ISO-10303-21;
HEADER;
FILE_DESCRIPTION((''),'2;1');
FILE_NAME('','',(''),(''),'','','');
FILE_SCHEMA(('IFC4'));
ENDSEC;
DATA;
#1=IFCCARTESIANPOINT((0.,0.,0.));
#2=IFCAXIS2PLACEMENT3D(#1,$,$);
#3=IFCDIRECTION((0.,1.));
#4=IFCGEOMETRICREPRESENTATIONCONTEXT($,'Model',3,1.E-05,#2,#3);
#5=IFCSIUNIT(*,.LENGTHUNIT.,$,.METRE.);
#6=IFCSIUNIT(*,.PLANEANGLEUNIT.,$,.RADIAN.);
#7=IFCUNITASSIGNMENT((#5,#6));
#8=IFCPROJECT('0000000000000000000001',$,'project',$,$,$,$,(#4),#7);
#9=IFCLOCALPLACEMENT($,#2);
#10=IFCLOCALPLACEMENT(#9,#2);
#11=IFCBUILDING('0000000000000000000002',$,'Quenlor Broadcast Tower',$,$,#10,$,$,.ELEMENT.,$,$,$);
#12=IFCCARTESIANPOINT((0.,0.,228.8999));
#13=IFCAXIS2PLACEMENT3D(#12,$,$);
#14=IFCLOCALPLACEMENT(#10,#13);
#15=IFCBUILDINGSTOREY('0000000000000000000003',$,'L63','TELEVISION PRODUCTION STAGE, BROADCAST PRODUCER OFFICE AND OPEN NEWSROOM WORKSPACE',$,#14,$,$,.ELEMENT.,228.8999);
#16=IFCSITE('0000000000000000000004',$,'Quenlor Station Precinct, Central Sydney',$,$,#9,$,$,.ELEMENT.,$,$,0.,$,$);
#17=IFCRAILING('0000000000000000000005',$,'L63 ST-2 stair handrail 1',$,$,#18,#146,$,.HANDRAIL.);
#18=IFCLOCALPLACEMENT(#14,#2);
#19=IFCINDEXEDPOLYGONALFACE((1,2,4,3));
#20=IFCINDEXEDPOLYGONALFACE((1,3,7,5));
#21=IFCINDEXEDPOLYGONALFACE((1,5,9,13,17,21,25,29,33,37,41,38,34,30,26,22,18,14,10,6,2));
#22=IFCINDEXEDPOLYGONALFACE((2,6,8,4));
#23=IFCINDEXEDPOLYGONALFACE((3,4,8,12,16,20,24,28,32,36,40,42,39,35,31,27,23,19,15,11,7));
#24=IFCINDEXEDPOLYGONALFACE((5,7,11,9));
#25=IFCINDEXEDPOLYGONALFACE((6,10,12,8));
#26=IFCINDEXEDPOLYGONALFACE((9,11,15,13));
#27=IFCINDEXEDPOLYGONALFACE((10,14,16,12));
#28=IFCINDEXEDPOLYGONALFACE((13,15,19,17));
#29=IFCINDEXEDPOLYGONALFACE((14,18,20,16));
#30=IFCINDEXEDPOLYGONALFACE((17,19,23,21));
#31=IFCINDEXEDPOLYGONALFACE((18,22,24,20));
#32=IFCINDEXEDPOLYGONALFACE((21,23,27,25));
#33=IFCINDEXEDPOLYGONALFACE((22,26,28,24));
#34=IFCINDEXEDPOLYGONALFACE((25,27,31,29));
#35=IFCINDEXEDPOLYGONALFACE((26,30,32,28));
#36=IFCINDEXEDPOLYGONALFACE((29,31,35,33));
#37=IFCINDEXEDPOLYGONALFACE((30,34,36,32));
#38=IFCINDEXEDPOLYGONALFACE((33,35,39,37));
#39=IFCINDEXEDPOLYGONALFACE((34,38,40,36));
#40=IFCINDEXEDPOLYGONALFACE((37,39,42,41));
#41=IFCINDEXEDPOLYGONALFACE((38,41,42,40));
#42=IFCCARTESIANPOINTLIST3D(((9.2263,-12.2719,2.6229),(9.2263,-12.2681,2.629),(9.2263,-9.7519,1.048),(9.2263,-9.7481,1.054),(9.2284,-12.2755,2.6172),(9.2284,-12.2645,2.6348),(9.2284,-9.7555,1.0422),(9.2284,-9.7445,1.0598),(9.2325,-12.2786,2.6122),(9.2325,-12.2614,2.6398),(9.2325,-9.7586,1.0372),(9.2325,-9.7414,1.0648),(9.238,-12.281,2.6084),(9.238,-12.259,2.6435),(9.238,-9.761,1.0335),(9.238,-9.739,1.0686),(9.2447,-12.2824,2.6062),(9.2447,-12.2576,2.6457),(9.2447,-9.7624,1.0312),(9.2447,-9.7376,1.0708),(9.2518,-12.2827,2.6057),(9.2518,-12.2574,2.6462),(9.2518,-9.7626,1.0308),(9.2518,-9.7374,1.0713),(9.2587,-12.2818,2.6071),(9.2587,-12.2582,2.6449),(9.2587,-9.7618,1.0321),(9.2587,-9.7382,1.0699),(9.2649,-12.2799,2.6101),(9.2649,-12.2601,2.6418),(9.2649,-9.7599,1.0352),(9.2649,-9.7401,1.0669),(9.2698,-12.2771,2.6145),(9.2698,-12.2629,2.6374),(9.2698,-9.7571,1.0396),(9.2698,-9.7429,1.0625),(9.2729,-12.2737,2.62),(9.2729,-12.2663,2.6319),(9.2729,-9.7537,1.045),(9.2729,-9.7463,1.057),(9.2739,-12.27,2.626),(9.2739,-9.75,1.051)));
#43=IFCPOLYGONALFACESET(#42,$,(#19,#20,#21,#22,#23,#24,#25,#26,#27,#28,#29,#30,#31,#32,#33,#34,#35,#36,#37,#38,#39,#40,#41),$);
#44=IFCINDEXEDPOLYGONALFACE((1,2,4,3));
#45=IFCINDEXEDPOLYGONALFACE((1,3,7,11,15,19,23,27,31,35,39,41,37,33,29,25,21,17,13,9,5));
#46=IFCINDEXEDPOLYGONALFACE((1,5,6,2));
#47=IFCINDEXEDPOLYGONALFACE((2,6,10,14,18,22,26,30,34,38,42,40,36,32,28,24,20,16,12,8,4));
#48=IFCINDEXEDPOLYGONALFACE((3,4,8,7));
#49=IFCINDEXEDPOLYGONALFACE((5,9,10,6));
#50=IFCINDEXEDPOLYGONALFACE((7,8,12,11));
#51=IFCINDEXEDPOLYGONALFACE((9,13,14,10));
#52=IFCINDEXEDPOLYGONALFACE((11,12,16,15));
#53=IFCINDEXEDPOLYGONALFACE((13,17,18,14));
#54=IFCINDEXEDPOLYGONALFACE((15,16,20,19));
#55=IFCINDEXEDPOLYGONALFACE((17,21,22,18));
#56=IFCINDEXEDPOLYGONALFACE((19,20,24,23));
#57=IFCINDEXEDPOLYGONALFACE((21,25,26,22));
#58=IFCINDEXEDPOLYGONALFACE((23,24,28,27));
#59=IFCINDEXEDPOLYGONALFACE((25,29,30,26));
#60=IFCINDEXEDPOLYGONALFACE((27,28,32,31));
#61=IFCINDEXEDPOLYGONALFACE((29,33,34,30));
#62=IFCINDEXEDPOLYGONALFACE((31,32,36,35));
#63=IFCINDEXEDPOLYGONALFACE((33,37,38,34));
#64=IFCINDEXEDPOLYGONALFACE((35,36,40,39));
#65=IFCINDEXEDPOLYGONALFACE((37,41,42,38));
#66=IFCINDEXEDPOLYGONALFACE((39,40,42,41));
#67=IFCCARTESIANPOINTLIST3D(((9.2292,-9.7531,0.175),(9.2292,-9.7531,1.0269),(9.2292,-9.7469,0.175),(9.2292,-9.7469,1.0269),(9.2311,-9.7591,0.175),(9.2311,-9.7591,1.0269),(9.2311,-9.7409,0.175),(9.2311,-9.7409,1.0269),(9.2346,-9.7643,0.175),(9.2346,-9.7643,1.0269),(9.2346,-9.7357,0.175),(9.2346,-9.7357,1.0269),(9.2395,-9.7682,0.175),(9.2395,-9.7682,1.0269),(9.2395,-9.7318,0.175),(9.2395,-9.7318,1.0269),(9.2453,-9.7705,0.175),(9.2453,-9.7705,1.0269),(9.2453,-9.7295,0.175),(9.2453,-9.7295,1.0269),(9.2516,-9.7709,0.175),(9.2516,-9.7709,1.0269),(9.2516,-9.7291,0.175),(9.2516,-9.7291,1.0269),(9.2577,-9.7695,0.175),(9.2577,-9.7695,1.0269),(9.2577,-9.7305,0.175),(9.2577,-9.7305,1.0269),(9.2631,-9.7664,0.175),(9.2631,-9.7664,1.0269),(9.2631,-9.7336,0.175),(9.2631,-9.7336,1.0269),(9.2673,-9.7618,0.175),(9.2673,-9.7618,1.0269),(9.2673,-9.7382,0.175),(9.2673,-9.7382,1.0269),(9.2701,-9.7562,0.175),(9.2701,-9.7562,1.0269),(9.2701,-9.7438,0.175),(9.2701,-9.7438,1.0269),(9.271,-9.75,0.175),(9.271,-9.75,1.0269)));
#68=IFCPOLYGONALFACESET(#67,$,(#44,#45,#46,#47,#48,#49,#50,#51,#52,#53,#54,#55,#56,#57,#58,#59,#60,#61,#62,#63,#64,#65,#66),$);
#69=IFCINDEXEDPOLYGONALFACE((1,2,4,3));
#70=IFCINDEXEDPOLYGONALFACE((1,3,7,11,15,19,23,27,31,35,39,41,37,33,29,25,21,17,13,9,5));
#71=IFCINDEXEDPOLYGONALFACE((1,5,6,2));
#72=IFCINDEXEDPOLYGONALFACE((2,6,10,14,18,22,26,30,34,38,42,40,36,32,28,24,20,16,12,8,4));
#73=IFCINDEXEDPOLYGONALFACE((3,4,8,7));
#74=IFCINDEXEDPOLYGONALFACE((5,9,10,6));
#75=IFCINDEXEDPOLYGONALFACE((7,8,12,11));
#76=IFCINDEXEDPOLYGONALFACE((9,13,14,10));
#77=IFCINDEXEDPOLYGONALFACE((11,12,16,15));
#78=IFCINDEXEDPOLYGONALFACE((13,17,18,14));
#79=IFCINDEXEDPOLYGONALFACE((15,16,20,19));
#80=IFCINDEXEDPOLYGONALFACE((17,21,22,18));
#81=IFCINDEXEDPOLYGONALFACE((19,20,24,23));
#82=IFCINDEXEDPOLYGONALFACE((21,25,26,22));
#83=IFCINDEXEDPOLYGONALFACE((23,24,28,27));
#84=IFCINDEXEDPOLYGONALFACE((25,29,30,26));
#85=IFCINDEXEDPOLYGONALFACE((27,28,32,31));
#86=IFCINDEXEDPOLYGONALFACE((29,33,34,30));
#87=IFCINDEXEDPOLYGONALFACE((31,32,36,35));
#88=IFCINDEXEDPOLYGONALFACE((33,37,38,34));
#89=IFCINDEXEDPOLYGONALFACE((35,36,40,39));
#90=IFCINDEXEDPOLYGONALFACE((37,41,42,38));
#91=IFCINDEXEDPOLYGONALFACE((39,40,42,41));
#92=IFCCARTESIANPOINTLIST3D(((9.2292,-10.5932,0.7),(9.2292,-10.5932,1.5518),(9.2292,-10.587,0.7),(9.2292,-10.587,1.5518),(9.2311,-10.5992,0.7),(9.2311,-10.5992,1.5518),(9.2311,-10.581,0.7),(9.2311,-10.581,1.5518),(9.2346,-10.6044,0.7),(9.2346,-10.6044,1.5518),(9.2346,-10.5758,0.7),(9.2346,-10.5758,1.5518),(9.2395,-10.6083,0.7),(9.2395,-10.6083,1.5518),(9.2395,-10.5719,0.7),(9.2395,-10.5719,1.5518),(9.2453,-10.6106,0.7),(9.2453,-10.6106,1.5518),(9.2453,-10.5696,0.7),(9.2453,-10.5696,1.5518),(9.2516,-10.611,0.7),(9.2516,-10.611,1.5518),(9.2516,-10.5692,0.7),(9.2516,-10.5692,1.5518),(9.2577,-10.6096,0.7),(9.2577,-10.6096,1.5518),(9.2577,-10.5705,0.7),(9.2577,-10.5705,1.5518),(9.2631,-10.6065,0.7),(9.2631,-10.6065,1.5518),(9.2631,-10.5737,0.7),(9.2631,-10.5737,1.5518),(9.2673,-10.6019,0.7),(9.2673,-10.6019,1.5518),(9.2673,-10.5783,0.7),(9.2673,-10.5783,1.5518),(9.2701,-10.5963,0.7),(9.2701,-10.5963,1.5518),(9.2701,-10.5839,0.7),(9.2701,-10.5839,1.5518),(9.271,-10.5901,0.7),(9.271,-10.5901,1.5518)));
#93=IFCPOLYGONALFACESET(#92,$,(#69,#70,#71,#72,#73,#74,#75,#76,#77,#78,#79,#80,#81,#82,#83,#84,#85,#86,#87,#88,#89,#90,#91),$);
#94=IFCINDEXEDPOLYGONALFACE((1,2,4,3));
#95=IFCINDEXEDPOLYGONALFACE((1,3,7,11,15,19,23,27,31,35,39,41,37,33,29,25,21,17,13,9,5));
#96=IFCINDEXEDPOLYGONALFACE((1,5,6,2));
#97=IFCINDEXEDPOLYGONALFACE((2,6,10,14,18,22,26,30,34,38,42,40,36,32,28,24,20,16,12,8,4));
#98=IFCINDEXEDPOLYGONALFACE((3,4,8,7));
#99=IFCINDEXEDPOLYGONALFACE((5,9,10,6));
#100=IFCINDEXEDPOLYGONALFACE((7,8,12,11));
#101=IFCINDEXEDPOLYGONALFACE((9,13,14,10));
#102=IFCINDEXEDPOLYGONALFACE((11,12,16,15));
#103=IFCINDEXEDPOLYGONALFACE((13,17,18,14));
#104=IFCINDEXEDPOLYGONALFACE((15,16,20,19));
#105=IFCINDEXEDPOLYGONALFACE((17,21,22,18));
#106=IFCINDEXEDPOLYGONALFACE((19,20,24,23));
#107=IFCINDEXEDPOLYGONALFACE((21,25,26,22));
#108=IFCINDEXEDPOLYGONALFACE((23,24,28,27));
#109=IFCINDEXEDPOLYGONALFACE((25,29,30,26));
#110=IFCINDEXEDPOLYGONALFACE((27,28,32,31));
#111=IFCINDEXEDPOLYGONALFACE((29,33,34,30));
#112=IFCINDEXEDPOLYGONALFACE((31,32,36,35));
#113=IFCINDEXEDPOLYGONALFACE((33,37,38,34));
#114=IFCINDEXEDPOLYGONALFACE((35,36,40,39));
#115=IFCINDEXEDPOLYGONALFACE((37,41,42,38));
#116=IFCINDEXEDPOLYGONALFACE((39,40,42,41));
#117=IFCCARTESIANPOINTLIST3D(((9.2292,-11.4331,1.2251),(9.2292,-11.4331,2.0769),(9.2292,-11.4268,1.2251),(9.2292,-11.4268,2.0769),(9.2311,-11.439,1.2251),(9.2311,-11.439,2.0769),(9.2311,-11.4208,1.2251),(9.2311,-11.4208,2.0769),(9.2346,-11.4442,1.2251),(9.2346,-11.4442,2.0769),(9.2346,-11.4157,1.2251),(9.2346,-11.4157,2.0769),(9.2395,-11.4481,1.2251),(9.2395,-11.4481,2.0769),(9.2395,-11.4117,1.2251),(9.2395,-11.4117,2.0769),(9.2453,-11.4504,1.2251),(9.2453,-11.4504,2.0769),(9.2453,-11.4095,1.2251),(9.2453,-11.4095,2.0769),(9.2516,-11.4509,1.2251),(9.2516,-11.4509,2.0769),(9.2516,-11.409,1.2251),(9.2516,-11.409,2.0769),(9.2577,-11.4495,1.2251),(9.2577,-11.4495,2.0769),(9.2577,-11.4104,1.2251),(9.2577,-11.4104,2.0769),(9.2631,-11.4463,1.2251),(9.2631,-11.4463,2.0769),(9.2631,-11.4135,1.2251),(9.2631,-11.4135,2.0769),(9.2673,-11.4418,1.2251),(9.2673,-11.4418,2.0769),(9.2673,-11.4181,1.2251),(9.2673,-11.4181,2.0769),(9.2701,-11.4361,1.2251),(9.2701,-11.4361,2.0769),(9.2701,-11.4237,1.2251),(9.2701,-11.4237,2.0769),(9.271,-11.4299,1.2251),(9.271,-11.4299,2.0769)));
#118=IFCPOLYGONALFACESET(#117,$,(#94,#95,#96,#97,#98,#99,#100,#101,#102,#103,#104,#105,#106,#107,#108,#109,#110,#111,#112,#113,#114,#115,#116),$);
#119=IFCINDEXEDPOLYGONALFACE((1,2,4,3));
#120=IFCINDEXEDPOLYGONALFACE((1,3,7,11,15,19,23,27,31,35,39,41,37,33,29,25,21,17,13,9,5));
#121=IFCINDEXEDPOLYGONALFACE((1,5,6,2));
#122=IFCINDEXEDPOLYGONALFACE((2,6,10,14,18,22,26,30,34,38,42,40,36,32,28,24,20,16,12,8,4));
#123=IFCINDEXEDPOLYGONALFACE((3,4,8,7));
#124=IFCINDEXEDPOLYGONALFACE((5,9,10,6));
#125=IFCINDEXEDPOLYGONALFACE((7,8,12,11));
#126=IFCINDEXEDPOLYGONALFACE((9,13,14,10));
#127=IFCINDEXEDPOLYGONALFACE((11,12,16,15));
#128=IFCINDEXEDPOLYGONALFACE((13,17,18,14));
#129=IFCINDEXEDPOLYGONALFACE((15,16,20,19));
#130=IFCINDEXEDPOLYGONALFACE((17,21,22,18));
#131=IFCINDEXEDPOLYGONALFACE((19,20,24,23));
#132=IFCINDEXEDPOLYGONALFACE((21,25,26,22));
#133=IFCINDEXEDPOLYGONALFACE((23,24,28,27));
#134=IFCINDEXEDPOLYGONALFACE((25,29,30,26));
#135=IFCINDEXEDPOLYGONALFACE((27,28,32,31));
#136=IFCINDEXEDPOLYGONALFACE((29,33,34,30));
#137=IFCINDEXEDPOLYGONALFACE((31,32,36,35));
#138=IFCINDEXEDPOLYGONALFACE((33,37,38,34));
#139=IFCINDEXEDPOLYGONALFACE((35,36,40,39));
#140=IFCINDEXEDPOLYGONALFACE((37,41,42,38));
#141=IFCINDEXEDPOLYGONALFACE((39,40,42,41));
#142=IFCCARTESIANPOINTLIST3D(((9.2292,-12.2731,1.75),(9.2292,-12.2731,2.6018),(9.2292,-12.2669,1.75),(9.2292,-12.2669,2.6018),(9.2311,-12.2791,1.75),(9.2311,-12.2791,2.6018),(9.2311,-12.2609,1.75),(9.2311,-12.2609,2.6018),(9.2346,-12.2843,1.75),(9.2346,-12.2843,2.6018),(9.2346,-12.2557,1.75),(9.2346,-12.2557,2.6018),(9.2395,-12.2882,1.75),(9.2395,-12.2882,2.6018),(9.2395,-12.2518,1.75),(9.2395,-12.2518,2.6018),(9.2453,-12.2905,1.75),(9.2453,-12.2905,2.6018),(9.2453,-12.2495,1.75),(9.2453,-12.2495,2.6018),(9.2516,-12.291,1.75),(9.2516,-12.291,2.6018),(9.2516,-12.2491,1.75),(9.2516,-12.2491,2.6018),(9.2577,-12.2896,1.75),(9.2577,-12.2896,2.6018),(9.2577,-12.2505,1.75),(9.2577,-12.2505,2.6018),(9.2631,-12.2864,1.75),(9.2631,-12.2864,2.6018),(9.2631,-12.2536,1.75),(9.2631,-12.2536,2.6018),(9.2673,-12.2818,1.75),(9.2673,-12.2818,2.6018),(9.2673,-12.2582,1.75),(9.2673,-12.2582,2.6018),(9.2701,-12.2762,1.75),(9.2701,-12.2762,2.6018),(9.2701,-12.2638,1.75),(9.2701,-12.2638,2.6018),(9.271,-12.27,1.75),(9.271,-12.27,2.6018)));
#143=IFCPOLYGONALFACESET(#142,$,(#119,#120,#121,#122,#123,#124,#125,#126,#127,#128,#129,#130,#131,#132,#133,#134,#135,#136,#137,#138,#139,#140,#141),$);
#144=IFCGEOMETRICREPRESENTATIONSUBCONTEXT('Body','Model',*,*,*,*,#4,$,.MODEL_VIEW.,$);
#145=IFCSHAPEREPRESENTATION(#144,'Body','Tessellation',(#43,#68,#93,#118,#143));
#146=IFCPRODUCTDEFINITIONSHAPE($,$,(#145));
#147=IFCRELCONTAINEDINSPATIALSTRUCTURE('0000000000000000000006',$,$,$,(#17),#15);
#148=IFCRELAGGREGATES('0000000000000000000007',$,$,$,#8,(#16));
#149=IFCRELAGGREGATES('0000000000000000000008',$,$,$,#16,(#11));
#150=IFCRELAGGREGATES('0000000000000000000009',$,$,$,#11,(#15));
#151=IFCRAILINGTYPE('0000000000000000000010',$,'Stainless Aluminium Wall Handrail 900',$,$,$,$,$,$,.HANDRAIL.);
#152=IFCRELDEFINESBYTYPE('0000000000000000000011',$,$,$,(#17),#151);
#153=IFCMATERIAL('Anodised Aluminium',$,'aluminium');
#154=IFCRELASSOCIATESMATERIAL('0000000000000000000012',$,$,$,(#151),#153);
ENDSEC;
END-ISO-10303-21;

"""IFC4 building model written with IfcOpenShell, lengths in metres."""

from ifc_helpers import new_model, si_unit, direction, frame, origin, origin_2d, place, context, subcontext, project, spatial, circle, extrude, material, type_object, element, save


model = new_model("IFC4")

# Units and contexts
model_context = context("Model", 3, precision=1e-05, world=origin(), true_north=direction((0.0, 1.0)))
body_context = subcontext(model_context, "Body", "Model", "MODEL_VIEW")
ifc_project = project(units=[si_unit("LENGTHUNIT", "METRE"), si_unit("PLANEANGLEUNIT", "RADIAN")], contexts=[model_context])

# Site, building, storey
site_placement = place(None, origin())
site = spatial("IfcSite", under=ifc_project, at=site_placement, Name="Quenlor Station Precinct, Central Sydney", CompositionType="ELEMENT", RefElevation=0.0)
building_placement = place(site_placement, origin())
building = spatial("IfcBuilding", under=site, at=building_placement, Name="Quenlor Broadcast Tower", CompositionType="ELEMENT")
storey_placement = place(building_placement, frame((0.0, 0.0, 228.8999)))
storey = spatial("IfcBuildingStorey", under=building, at=storey_placement, Name="L63", Description="TELEVISION PRODUCTION STAGE, BROADCAST PRODUCER OFFICE AND OPEN NEWSROOM WORKSPACE", CompositionType="ELEMENT", Elevation=228.8999)

# Railing
ifc_material_1 = material(Name="Anodised Aluminium", Category="aluminium")
railing_type_1 = type_object("IfcRailingType", Name="Stainless Aluminium Wall Handrail 900", PredefinedType="HANDRAIL", material=ifc_material_1)
railing_1_placement = place(storey_placement, frame((9.25, -9.75, 0.175)))
element("IfcRailing", 1, at=railing_1_placement, inside=storey, type_object=railing_type_1, Name="L63 ST-2 stair handrail 1", PredefinedType="HANDRAIL", context=body_context, shape_type="SweptSolid", body=[
    extrude(circle(Radius=0.0239, at=origin_2d()), frame((0.0, 0.0, 0.876), z_axis=(0.0, -0.848008, 0.529984), x_axis=(1.0, 0.0, 0.0)), (0.0, 0.0, 1.0), 2.9717),
    extrude(circle(Radius=0.021, at=origin_2d()), origin(), (0.0, 0.0, 1.0), 0.8518),
    extrude(circle(Radius=0.021, at=origin_2d()), frame((0.0, -0.8401, 0.5249)), (0.0, 0.0, 1.0), 0.8518),
    extrude(circle(Radius=0.021, at=origin_2d()), frame((0.0, -1.6799, 1.05)), (0.0, 0.0, 1.0), 0.8518),
    extrude(circle(Radius=0.021, at=origin_2d()), frame((0.0, -2.52, 1.575)), (0.0, 0.0, 1.0), 0.8518),
])

save(model, "model.ifc")
